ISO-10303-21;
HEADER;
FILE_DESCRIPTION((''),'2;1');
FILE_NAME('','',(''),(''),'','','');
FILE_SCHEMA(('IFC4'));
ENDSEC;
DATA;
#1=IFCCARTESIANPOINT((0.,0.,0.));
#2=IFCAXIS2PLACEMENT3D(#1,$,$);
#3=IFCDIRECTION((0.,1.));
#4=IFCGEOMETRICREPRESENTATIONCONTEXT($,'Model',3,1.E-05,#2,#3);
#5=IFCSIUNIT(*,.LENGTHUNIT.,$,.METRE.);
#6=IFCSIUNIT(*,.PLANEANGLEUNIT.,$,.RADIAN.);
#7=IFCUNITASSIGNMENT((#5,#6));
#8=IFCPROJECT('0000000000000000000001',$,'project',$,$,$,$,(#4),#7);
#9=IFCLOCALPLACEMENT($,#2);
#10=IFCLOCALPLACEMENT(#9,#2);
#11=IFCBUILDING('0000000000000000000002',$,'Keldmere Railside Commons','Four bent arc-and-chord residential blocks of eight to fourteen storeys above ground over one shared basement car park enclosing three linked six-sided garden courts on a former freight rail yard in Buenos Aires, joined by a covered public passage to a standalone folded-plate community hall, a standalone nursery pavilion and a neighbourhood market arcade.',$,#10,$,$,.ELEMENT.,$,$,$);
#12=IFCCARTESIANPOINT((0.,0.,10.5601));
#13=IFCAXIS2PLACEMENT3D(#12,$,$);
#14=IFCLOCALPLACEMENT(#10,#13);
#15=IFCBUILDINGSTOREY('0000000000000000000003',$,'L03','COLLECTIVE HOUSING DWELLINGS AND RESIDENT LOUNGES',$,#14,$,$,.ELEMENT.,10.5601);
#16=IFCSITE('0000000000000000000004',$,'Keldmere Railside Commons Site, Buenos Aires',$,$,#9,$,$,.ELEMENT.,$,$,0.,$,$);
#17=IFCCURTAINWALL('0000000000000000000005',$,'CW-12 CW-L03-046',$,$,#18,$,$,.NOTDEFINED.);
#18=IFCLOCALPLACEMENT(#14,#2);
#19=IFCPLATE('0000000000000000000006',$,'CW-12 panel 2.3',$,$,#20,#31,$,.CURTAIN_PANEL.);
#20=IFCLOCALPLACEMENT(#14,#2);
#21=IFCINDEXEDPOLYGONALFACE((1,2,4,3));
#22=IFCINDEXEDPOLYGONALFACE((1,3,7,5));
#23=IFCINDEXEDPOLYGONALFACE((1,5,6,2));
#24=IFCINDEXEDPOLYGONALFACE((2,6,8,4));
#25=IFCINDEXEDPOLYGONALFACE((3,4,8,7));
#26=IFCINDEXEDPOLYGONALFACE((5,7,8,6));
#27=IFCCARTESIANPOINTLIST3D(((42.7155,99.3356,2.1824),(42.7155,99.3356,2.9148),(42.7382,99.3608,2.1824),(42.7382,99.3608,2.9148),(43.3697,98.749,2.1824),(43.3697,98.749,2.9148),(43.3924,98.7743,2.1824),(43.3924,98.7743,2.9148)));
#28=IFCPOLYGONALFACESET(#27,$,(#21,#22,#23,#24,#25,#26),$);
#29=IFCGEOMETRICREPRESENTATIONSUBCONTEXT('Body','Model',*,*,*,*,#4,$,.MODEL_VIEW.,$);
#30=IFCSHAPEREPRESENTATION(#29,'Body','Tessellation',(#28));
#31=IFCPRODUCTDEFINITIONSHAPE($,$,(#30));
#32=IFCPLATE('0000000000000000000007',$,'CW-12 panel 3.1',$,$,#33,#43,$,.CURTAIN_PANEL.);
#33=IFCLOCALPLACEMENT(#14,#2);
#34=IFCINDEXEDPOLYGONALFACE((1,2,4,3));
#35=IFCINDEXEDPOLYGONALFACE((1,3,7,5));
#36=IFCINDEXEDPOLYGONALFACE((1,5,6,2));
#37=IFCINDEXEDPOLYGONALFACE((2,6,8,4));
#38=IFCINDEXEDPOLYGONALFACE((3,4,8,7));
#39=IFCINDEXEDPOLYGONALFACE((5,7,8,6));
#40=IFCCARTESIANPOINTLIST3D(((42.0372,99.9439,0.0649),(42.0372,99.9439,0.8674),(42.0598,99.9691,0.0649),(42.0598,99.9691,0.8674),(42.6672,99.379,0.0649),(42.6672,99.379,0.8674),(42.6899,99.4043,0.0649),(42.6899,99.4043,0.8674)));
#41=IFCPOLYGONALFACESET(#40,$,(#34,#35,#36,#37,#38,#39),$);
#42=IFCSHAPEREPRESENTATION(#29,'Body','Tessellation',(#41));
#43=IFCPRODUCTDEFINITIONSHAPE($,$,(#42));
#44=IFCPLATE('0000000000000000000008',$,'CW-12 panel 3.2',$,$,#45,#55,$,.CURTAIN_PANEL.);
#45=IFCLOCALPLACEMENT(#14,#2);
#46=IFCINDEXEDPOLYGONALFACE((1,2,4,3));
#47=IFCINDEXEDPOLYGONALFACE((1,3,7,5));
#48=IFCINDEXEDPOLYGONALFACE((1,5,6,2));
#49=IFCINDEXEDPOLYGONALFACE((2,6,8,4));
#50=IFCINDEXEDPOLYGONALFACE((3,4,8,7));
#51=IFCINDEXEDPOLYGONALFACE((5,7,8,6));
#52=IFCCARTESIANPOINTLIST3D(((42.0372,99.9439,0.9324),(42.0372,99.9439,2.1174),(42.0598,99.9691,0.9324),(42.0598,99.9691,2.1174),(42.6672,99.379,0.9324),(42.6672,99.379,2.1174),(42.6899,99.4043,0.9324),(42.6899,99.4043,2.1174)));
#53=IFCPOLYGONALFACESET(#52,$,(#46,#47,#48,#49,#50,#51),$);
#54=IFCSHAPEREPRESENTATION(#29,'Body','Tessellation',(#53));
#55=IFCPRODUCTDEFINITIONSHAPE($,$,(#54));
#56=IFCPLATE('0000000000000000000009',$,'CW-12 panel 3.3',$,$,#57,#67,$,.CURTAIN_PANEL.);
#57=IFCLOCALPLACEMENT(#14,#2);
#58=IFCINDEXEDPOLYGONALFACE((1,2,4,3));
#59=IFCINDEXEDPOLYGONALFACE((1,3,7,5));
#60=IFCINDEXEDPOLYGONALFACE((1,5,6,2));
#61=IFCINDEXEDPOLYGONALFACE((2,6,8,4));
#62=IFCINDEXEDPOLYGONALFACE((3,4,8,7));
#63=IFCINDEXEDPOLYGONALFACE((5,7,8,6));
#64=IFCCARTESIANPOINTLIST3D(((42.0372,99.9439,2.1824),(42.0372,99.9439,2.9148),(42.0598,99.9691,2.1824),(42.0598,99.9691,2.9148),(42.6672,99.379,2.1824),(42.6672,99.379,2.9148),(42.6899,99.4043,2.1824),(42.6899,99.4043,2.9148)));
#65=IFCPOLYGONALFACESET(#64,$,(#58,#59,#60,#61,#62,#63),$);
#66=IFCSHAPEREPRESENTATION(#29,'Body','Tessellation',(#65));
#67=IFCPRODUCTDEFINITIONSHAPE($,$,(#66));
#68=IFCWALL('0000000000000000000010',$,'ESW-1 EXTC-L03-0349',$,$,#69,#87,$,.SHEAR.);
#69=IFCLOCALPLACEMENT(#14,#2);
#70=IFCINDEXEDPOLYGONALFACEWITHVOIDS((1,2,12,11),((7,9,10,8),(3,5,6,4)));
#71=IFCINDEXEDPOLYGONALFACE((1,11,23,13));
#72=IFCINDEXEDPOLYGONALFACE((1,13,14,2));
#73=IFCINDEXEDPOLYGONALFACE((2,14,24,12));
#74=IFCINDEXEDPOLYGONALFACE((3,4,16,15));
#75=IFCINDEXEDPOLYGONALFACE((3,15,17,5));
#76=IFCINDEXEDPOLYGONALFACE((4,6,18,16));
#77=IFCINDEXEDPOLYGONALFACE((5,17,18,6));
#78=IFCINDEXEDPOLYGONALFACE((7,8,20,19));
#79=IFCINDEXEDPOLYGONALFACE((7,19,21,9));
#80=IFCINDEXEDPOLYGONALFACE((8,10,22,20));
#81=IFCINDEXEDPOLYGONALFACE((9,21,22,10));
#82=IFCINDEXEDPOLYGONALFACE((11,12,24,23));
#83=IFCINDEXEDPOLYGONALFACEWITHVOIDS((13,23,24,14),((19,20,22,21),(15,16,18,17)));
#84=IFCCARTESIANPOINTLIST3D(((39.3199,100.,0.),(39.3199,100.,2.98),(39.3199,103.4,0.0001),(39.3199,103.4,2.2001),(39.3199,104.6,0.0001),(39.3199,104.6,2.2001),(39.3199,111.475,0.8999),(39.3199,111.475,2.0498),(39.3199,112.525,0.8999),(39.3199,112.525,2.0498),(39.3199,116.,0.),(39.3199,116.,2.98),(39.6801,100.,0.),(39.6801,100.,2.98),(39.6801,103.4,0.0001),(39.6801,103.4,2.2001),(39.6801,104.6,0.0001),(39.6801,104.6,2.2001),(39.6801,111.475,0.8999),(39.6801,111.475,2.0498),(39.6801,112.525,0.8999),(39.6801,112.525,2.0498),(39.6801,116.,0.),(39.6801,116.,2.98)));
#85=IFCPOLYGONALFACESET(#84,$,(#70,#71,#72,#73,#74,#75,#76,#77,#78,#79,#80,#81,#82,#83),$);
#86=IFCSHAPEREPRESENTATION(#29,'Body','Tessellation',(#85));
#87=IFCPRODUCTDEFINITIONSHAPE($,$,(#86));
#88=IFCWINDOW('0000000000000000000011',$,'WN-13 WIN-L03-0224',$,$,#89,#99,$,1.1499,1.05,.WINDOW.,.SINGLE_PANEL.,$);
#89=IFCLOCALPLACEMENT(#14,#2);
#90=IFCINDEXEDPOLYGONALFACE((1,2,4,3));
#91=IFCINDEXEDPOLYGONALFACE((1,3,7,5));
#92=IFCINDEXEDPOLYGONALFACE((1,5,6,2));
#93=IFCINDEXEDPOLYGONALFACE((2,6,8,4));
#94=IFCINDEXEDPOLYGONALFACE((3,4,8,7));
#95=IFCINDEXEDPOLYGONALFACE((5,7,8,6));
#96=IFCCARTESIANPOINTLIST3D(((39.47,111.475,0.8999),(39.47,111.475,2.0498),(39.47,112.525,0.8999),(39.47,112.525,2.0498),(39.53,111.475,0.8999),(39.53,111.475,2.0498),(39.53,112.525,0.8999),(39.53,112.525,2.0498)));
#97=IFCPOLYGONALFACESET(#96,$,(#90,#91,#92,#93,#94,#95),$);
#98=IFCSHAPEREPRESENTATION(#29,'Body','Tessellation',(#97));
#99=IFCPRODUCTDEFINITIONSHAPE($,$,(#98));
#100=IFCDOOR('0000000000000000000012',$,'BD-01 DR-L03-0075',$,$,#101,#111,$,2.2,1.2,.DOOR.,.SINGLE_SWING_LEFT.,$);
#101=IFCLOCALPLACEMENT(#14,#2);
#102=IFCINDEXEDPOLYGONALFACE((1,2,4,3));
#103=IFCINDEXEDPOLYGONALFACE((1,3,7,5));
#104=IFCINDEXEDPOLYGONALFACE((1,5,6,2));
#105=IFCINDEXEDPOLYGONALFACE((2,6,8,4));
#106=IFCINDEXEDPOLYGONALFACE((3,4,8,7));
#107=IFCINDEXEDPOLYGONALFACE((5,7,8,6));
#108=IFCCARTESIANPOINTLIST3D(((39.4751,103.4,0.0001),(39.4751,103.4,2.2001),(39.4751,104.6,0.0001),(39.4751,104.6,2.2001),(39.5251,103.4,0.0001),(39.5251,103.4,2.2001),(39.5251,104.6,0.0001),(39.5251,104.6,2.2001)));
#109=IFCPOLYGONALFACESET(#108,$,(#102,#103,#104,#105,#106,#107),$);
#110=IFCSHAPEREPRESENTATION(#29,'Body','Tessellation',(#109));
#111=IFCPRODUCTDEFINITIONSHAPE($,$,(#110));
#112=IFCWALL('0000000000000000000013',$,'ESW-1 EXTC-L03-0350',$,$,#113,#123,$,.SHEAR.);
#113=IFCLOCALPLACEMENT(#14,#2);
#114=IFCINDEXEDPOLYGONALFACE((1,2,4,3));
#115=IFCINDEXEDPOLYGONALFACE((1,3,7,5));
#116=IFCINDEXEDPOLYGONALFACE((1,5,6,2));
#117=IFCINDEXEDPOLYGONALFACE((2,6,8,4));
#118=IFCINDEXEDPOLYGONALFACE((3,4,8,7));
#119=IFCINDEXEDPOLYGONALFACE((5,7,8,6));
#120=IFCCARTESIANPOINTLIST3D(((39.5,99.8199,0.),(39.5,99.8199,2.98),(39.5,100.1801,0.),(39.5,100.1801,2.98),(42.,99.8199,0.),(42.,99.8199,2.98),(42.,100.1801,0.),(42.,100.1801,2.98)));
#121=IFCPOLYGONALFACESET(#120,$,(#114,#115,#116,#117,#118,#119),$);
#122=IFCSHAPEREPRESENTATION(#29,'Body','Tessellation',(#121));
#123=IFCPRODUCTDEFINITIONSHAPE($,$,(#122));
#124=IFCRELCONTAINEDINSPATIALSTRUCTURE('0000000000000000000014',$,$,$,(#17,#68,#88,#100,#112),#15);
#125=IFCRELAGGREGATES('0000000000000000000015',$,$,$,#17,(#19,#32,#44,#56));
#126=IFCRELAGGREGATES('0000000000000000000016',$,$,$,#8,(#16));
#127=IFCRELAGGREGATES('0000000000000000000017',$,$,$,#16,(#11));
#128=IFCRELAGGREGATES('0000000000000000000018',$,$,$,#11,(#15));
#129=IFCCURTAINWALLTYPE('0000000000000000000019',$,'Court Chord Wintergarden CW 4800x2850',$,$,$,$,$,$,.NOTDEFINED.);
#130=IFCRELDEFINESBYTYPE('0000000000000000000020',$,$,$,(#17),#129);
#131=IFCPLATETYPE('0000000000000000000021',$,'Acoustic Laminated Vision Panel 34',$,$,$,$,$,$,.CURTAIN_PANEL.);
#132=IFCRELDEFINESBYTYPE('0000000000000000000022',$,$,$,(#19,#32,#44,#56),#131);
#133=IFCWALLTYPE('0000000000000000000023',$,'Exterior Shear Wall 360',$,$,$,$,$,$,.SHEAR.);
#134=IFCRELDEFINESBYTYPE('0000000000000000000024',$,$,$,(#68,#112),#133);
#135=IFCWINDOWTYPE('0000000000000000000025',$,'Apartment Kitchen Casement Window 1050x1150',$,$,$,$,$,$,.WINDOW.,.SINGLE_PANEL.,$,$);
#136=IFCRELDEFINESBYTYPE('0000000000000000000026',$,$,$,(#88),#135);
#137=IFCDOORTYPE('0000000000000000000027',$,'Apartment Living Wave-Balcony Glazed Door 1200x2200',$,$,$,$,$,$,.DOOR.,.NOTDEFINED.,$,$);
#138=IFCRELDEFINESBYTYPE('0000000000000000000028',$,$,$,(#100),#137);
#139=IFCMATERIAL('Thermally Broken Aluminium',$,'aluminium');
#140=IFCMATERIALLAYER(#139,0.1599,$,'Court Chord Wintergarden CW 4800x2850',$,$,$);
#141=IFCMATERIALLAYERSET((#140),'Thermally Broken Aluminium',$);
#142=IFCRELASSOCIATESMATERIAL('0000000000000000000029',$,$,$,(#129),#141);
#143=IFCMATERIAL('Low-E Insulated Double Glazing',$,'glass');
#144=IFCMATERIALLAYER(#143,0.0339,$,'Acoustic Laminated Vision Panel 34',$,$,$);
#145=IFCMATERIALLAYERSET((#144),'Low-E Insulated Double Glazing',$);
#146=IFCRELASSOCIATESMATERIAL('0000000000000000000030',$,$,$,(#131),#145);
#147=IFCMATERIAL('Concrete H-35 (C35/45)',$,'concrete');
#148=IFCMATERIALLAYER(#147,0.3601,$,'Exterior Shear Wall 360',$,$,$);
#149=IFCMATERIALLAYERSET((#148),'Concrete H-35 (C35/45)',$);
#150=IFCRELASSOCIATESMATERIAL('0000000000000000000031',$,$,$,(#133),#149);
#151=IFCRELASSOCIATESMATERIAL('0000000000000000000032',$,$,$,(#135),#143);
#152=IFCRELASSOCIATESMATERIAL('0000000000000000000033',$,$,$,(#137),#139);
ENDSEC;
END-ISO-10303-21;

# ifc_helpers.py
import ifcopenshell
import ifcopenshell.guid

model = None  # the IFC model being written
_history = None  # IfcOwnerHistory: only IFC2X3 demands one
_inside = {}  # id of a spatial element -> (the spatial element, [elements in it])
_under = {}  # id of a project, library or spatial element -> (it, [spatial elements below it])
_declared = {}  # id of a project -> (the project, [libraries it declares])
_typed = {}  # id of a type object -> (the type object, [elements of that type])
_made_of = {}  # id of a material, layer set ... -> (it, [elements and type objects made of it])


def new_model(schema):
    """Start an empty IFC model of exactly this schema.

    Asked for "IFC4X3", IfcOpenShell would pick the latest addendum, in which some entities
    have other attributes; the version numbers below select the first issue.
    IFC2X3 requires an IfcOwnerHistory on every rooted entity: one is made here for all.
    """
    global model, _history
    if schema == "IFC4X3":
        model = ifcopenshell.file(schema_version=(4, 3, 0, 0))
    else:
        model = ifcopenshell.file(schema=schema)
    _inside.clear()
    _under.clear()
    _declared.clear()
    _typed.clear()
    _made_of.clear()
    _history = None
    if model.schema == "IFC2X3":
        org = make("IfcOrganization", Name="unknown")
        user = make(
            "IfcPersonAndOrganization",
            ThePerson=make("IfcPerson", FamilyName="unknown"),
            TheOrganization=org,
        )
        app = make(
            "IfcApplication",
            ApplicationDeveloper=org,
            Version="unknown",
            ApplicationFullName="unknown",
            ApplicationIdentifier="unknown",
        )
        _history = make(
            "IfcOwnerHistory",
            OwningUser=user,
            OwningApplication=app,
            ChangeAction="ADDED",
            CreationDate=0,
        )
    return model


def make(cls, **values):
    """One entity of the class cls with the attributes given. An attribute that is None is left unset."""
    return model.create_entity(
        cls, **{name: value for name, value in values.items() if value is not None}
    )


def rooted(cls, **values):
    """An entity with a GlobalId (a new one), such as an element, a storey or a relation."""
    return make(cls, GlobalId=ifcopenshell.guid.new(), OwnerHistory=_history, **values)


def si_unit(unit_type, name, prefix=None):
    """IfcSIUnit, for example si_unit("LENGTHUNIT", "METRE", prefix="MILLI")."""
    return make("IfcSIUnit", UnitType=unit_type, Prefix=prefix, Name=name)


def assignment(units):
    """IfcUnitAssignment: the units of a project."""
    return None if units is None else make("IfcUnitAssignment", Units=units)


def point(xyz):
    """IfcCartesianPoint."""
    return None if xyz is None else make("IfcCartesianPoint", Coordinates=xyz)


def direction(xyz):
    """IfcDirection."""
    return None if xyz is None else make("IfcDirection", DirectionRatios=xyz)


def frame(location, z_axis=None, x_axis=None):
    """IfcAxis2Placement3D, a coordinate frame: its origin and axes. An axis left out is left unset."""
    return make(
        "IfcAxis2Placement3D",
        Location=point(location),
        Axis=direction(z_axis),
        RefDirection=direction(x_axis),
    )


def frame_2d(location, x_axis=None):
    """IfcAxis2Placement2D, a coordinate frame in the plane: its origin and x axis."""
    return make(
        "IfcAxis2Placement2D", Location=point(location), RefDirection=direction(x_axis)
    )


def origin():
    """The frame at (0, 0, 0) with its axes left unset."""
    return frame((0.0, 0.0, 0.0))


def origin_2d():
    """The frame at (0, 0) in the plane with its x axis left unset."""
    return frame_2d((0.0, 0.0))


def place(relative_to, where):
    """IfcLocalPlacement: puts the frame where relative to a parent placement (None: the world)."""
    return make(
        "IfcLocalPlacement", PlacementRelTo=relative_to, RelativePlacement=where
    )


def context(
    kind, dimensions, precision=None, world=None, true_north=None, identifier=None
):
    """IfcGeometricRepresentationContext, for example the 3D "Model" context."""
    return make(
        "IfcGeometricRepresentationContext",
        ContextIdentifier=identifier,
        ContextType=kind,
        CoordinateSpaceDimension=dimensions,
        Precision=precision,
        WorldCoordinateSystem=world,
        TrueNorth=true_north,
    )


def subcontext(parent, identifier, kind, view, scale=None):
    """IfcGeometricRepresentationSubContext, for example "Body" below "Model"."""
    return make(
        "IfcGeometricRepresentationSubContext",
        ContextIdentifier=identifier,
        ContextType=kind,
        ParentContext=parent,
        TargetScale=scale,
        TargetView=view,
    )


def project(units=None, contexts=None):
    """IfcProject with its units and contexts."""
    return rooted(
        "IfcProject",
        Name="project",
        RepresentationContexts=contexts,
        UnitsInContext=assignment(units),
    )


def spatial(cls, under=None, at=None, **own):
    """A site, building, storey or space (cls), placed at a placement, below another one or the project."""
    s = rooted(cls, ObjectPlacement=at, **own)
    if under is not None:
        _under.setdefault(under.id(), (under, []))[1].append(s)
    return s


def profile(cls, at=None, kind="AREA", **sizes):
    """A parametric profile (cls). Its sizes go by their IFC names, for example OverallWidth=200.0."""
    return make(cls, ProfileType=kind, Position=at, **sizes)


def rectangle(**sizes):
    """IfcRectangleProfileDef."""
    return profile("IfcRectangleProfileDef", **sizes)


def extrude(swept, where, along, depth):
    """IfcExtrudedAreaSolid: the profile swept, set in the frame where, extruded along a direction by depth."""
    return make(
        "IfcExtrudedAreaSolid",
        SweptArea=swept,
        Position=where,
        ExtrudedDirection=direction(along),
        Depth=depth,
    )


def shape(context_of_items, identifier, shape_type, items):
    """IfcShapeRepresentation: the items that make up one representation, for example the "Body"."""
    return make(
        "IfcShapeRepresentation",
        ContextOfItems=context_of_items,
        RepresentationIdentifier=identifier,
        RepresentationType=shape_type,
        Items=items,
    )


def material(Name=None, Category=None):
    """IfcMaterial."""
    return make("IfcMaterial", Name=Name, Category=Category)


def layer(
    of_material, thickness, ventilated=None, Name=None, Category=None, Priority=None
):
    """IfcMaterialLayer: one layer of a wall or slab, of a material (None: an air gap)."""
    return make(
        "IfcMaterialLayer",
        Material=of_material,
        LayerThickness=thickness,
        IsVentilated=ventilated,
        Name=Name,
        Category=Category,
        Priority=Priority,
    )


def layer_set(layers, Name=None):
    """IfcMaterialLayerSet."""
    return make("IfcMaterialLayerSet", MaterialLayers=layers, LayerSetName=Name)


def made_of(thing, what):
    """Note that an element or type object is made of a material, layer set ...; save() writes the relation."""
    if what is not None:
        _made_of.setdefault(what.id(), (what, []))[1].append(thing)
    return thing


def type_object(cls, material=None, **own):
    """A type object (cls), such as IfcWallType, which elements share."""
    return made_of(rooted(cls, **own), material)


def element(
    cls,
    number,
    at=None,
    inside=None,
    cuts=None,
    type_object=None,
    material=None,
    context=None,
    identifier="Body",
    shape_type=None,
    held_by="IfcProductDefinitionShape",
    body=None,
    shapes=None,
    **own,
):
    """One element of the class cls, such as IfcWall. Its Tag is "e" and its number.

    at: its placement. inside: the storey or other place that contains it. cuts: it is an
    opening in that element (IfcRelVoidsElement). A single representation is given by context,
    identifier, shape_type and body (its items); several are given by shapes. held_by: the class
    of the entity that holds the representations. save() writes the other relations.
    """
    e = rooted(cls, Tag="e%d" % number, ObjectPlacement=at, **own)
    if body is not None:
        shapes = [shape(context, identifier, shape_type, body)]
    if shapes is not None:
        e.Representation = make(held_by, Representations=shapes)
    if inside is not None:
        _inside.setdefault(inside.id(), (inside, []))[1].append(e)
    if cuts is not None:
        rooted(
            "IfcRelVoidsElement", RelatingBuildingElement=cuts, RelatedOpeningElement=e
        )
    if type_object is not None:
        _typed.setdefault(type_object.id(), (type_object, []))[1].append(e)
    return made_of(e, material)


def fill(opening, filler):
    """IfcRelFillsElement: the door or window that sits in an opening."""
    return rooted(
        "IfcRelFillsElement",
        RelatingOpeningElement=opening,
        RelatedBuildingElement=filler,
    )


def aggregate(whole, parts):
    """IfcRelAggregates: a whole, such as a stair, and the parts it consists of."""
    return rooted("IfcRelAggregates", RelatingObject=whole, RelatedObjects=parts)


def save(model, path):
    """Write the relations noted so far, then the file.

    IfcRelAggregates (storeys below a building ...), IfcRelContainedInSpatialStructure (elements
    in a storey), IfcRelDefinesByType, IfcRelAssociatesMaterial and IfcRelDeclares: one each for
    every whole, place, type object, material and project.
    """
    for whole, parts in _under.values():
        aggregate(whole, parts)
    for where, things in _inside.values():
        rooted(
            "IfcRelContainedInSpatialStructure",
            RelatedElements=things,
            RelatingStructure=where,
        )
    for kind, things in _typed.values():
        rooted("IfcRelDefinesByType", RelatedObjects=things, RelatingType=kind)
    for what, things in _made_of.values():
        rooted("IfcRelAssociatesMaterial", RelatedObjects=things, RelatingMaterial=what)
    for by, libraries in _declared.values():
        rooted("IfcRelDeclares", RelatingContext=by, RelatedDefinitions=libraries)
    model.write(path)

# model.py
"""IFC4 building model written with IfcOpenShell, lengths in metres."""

from ifc_helpers import new_model, si_unit, direction, frame, frame_2d, origin, origin_2d, place, context, subcontext, project, spatial, rectangle, extrude, material, layer, layer_set, type_object, element, fill, aggregate, save


model = new_model("IFC4")

# Units and contexts
model_context = context("Model", 3, precision=1e-05, world=origin(), true_north=direction((0.0, 1.0)))
body_context = subcontext(model_context, "Body", "Model", "MODEL_VIEW")
ifc_project = project(units=[si_unit("LENGTHUNIT", "METRE"), si_unit("PLANEANGLEUNIT", "RADIAN")], contexts=[model_context])

# Site, building, storey
site_placement = place(None, origin())
site = spatial("IfcSite", under=ifc_project, at=site_placement, Name="Keldmere Railside Commons Site, Buenos Aires", CompositionType="ELEMENT", RefElevation=0.0)
building_placement = place(site_placement, origin())
building = spatial("IfcBuilding", under=site, at=building_placement, Name="Keldmere Railside Commons", Description="Four bent arc-and-chord residential blocks of eight to fourteen storeys above ground over one shared basement car park enclosing three linked six-sided garden courts on a former freight rail yard in Buenos Aires, joined by a covered public passage to a standalone folded-plate community hall, a standalone nursery pavilion and a neighbourhood market arcade.", CompositionType="ELEMENT")
storey_placement = place(building_placement, frame((0.0, 0.0, 10.5601)))
storey = spatial("IfcBuildingStorey", under=building, at=storey_placement, Name="L03", Description="COLLECTIVE HOUSING DWELLINGS AND RESIDENT LOUNGES", CompositionType="ELEMENT", Elevation=10.5601)

# Shared definitions
ifc_material_1 = material(Name="Concrete H-35 (C35/45)", Category="concrete")

# Curtain wall, plates
ifc_material_2 = material(Name="Thermally Broken Aluminium", Category="aluminium")
ifc_layer_1 = layer(ifc_material_2, 0.1599, Name="Court Chord Wintergarden CW 4800x2850")
ifc_layer_set_1 = layer_set([ifc_layer_1], Name="Thermally Broken Aluminium")
curtain_wall_type = type_object("IfcCurtainWallType", Name="Court Chord Wintergarden CW 4800x2850", PredefinedType="NOTDEFINED", material=ifc_layer_set_1)
curtain_wall_placement = place(storey_placement, origin())
curtain_wall = element("IfcCurtainWall", 1, at=curtain_wall_placement, inside=storey, type_object=curtain_wall_type, Name="CW-12 CW-L03-046", PredefinedType="NOTDEFINED")
ifc_material_3 = material(Name="Low-E Insulated Double Glazing", Category="glass")
ifc_layer_2 = layer(ifc_material_3, 0.0339, Name="Acoustic Laminated Vision Panel 34")
ifc_layer_set_2 = layer_set([ifc_layer_2], Name="Low-E Insulated Double Glazing")
plate_type = type_object("IfcPlateType", Name="Acoustic Laminated Vision Panel 34", PredefinedType="CURTAIN_PANEL", material=ifc_layer_set_2)
plate_1_placement = place(storey_placement, frame((43.054, 99.0549, 2.1824), z_axis=(0.0, 0.0, 1.0), x_axis=(-0.744557, 0.667559, 0.0)))
plate_1 = element("IfcPlate", 2, at=plate_1_placement, type_object=plate_type, Name="CW-12 panel 2.3", PredefinedType="CURTAIN_PANEL", context=body_context, shape_type="SweptSolid", body=[
    extrude(rectangle(XDim=0.8787, YDim=0.0339, at=origin_2d()), origin(), (0.0, 0.0, 1.0), 0.7324),
])
plate_2_placement = place(storey_placement, frame((42.3635, 99.6741, 0.0649), z_axis=(0.0, 0.0, 1.0), x_axis=(-0.744557, 0.667559, 0.0)))
plate_2 = element("IfcPlate", 3, at=plate_2_placement, type_object=plate_type, Name="CW-12 panel 3.1", PredefinedType="CURTAIN_PANEL", context=body_context, shape_type="SweptSolid", body=[
    extrude(rectangle(XDim=0.8462, YDim=0.0339, at=origin_2d()), origin(), (0.0, 0.0, 1.0), 0.8025),
])
plate_3_placement = place(storey_placement, frame((42.3635, 99.6741, 0.9324), z_axis=(0.0, 0.0, 1.0), x_axis=(-0.744557, 0.667559, 0.0)))
plate_3 = element("IfcPlate", 4, at=plate_3_placement, type_object=plate_type, Name="CW-12 panel 3.2", PredefinedType="CURTAIN_PANEL", context=body_context, shape_type="SweptSolid", body=[
    extrude(rectangle(XDim=0.8462, YDim=0.0339, at=origin_2d()), origin(), (0.0, 0.0, 1.0), 1.1851),
])
plate_4_placement = place(storey_placement, frame((42.3635, 99.6741, 2.1824), z_axis=(0.0, 0.0, 1.0), x_axis=(-0.744557, 0.667559, 0.0)))
plate_4 = element("IfcPlate", 5, at=plate_4_placement, type_object=plate_type, Name="CW-12 panel 3.3", PredefinedType="CURTAIN_PANEL", context=body_context, shape_type="SweptSolid", body=[
    extrude(rectangle(XDim=0.8462, YDim=0.0339, at=origin_2d()), origin(), (0.0, 0.0, 1.0), 0.7324),
])
aggregate(curtain_wall, [plate_1, plate_2, plate_3, plate_4])

# Wall, openings, window, door
ifc_layer_3 = layer(ifc_material_1, 0.3601, Name="Exterior Shear Wall 360")
ifc_layer_set_3 = layer_set([ifc_layer_3], Name="Concrete H-35 (C35/45)")
wall_type = type_object("IfcWallType", Name="Exterior Shear Wall 360", PredefinedType="SHEAR", material=ifc_layer_set_3)
wall_1_placement = place(storey_placement, frame((39.5, 100.0, 0.0), z_axis=(0.0, 0.0, 1.0), x_axis=(0.0, 1.0, 0.0)))
wall_1 = element("IfcWall", 6, at=wall_1_placement, inside=storey, type_object=wall_type, Name="ESW-1 EXTC-L03-0349", PredefinedType="SHEAR", context=body_context, shape_type="SweptSolid", body=[
    extrude(rectangle(XDim=16.0, YDim=0.3601, at=frame_2d((8.0, 0.0))), origin(), (0.0, 0.0, 1.0), 2.98),
])
opening_1_placement = place(wall_1_placement, frame((3.3999, 0.0, 0.0)))
opening_1 = element("IfcOpeningElement", 7, at=opening_1_placement, cuts=wall_1, PredefinedType="OPENING", context=body_context, shape_type="SweptSolid", body=[
    extrude(rectangle(XDim=1.2, YDim=2.2, at=frame_2d((0.6001, 1.1001))), frame((0.0, 0.1899, 0.0), z_axis=(0.0, -1.0, 0.0), x_axis=(1.0, 0.0, 0.0)), (0.0, 0.0, 1.0), 0.3801),
])
opening_2_placement = place(wall_1_placement, frame((11.4751, 0.0, 0.8999)))
opening_2 = element("IfcOpeningElement", 8, at=opening_2_placement, cuts=wall_1, PredefinedType="OPENING", context=body_context, shape_type="SweptSolid", body=[
    extrude(rectangle(XDim=1.05, YDim=1.1499, at=frame_2d((0.5249, 0.575))), frame((0.0, 0.1899, 0.0), z_axis=(0.0, -1.0, 0.0), x_axis=(1.0, 0.0, 0.0)), (0.0, 0.0, 1.0), 0.3801),
])
window_type = type_object("IfcWindowType", Name="Apartment Kitchen Casement Window 1050x1150", PartitioningType="SINGLE_PANEL", PredefinedType="WINDOW", material=ifc_material_3)
window_placement = place(opening_2_placement, origin())
window = element("IfcWindow", 9, at=window_placement, inside=storey, type_object=window_type, Name="WN-13 WIN-L03-0224", OverallHeight=1.1499, OverallWidth=1.05, PartitioningType="SINGLE_PANEL", PredefinedType="WINDOW", context=body_context, shape_type="SweptSolid", body=[
    extrude(rectangle(XDim=1.05, YDim=1.1499, at=frame_2d((0.5249, 0.575))), frame((0.0, 0.03, 0.0), z_axis=(0.0, -1.0, 0.0), x_axis=(1.0, 0.0, 0.0)), (0.0, 0.0, 1.0), 0.0601),
])
fill(opening_2, window)
door_type = type_object("IfcDoorType", Name="Apartment Living Wave-Balcony Glazed Door 1200x2200", OperationType="NOTDEFINED", PredefinedType="DOOR", material=ifc_material_2)
door_placement = place(opening_1_placement, origin())
door = element("IfcDoor", 10, at=door_placement, inside=storey, type_object=door_type, Name="BD-01 DR-L03-0075", OperationType="SINGLE_SWING_LEFT", OverallHeight=2.2, OverallWidth=1.2, PredefinedType="DOOR", context=body_context, shape_type="SweptSolid", body=[
    extrude(rectangle(XDim=1.2, YDim=2.2, at=frame_2d((0.6001, 1.1001))), frame((0.0, 0.0249, 0.0), z_axis=(0.0, -1.0, 0.0), x_axis=(1.0, 0.0, 0.0)), (0.0, 0.0, 1.0), 0.05),
])
fill(opening_1, door)

# Wall
wall_2_placement = place(storey_placement, frame((42.0, 100.0, 0.0), z_axis=(0.0, 0.0, 1.0), x_axis=(-1.0, 0.0, 0.0)))
element("IfcWall", 11, at=wall_2_placement, inside=storey, type_object=wall_type, Name="ESW-1 EXTC-L03-0350", PredefinedType="SHEAR", context=body_context, shape_type="SweptSolid", body=[
    extrude(rectangle(XDim=2.5, YDim=0.3601, at=frame_2d((1.25, 0.0))), origin(), (0.0, 0.0, 1.0), 2.98),
])

save(model, "model.ifc")
